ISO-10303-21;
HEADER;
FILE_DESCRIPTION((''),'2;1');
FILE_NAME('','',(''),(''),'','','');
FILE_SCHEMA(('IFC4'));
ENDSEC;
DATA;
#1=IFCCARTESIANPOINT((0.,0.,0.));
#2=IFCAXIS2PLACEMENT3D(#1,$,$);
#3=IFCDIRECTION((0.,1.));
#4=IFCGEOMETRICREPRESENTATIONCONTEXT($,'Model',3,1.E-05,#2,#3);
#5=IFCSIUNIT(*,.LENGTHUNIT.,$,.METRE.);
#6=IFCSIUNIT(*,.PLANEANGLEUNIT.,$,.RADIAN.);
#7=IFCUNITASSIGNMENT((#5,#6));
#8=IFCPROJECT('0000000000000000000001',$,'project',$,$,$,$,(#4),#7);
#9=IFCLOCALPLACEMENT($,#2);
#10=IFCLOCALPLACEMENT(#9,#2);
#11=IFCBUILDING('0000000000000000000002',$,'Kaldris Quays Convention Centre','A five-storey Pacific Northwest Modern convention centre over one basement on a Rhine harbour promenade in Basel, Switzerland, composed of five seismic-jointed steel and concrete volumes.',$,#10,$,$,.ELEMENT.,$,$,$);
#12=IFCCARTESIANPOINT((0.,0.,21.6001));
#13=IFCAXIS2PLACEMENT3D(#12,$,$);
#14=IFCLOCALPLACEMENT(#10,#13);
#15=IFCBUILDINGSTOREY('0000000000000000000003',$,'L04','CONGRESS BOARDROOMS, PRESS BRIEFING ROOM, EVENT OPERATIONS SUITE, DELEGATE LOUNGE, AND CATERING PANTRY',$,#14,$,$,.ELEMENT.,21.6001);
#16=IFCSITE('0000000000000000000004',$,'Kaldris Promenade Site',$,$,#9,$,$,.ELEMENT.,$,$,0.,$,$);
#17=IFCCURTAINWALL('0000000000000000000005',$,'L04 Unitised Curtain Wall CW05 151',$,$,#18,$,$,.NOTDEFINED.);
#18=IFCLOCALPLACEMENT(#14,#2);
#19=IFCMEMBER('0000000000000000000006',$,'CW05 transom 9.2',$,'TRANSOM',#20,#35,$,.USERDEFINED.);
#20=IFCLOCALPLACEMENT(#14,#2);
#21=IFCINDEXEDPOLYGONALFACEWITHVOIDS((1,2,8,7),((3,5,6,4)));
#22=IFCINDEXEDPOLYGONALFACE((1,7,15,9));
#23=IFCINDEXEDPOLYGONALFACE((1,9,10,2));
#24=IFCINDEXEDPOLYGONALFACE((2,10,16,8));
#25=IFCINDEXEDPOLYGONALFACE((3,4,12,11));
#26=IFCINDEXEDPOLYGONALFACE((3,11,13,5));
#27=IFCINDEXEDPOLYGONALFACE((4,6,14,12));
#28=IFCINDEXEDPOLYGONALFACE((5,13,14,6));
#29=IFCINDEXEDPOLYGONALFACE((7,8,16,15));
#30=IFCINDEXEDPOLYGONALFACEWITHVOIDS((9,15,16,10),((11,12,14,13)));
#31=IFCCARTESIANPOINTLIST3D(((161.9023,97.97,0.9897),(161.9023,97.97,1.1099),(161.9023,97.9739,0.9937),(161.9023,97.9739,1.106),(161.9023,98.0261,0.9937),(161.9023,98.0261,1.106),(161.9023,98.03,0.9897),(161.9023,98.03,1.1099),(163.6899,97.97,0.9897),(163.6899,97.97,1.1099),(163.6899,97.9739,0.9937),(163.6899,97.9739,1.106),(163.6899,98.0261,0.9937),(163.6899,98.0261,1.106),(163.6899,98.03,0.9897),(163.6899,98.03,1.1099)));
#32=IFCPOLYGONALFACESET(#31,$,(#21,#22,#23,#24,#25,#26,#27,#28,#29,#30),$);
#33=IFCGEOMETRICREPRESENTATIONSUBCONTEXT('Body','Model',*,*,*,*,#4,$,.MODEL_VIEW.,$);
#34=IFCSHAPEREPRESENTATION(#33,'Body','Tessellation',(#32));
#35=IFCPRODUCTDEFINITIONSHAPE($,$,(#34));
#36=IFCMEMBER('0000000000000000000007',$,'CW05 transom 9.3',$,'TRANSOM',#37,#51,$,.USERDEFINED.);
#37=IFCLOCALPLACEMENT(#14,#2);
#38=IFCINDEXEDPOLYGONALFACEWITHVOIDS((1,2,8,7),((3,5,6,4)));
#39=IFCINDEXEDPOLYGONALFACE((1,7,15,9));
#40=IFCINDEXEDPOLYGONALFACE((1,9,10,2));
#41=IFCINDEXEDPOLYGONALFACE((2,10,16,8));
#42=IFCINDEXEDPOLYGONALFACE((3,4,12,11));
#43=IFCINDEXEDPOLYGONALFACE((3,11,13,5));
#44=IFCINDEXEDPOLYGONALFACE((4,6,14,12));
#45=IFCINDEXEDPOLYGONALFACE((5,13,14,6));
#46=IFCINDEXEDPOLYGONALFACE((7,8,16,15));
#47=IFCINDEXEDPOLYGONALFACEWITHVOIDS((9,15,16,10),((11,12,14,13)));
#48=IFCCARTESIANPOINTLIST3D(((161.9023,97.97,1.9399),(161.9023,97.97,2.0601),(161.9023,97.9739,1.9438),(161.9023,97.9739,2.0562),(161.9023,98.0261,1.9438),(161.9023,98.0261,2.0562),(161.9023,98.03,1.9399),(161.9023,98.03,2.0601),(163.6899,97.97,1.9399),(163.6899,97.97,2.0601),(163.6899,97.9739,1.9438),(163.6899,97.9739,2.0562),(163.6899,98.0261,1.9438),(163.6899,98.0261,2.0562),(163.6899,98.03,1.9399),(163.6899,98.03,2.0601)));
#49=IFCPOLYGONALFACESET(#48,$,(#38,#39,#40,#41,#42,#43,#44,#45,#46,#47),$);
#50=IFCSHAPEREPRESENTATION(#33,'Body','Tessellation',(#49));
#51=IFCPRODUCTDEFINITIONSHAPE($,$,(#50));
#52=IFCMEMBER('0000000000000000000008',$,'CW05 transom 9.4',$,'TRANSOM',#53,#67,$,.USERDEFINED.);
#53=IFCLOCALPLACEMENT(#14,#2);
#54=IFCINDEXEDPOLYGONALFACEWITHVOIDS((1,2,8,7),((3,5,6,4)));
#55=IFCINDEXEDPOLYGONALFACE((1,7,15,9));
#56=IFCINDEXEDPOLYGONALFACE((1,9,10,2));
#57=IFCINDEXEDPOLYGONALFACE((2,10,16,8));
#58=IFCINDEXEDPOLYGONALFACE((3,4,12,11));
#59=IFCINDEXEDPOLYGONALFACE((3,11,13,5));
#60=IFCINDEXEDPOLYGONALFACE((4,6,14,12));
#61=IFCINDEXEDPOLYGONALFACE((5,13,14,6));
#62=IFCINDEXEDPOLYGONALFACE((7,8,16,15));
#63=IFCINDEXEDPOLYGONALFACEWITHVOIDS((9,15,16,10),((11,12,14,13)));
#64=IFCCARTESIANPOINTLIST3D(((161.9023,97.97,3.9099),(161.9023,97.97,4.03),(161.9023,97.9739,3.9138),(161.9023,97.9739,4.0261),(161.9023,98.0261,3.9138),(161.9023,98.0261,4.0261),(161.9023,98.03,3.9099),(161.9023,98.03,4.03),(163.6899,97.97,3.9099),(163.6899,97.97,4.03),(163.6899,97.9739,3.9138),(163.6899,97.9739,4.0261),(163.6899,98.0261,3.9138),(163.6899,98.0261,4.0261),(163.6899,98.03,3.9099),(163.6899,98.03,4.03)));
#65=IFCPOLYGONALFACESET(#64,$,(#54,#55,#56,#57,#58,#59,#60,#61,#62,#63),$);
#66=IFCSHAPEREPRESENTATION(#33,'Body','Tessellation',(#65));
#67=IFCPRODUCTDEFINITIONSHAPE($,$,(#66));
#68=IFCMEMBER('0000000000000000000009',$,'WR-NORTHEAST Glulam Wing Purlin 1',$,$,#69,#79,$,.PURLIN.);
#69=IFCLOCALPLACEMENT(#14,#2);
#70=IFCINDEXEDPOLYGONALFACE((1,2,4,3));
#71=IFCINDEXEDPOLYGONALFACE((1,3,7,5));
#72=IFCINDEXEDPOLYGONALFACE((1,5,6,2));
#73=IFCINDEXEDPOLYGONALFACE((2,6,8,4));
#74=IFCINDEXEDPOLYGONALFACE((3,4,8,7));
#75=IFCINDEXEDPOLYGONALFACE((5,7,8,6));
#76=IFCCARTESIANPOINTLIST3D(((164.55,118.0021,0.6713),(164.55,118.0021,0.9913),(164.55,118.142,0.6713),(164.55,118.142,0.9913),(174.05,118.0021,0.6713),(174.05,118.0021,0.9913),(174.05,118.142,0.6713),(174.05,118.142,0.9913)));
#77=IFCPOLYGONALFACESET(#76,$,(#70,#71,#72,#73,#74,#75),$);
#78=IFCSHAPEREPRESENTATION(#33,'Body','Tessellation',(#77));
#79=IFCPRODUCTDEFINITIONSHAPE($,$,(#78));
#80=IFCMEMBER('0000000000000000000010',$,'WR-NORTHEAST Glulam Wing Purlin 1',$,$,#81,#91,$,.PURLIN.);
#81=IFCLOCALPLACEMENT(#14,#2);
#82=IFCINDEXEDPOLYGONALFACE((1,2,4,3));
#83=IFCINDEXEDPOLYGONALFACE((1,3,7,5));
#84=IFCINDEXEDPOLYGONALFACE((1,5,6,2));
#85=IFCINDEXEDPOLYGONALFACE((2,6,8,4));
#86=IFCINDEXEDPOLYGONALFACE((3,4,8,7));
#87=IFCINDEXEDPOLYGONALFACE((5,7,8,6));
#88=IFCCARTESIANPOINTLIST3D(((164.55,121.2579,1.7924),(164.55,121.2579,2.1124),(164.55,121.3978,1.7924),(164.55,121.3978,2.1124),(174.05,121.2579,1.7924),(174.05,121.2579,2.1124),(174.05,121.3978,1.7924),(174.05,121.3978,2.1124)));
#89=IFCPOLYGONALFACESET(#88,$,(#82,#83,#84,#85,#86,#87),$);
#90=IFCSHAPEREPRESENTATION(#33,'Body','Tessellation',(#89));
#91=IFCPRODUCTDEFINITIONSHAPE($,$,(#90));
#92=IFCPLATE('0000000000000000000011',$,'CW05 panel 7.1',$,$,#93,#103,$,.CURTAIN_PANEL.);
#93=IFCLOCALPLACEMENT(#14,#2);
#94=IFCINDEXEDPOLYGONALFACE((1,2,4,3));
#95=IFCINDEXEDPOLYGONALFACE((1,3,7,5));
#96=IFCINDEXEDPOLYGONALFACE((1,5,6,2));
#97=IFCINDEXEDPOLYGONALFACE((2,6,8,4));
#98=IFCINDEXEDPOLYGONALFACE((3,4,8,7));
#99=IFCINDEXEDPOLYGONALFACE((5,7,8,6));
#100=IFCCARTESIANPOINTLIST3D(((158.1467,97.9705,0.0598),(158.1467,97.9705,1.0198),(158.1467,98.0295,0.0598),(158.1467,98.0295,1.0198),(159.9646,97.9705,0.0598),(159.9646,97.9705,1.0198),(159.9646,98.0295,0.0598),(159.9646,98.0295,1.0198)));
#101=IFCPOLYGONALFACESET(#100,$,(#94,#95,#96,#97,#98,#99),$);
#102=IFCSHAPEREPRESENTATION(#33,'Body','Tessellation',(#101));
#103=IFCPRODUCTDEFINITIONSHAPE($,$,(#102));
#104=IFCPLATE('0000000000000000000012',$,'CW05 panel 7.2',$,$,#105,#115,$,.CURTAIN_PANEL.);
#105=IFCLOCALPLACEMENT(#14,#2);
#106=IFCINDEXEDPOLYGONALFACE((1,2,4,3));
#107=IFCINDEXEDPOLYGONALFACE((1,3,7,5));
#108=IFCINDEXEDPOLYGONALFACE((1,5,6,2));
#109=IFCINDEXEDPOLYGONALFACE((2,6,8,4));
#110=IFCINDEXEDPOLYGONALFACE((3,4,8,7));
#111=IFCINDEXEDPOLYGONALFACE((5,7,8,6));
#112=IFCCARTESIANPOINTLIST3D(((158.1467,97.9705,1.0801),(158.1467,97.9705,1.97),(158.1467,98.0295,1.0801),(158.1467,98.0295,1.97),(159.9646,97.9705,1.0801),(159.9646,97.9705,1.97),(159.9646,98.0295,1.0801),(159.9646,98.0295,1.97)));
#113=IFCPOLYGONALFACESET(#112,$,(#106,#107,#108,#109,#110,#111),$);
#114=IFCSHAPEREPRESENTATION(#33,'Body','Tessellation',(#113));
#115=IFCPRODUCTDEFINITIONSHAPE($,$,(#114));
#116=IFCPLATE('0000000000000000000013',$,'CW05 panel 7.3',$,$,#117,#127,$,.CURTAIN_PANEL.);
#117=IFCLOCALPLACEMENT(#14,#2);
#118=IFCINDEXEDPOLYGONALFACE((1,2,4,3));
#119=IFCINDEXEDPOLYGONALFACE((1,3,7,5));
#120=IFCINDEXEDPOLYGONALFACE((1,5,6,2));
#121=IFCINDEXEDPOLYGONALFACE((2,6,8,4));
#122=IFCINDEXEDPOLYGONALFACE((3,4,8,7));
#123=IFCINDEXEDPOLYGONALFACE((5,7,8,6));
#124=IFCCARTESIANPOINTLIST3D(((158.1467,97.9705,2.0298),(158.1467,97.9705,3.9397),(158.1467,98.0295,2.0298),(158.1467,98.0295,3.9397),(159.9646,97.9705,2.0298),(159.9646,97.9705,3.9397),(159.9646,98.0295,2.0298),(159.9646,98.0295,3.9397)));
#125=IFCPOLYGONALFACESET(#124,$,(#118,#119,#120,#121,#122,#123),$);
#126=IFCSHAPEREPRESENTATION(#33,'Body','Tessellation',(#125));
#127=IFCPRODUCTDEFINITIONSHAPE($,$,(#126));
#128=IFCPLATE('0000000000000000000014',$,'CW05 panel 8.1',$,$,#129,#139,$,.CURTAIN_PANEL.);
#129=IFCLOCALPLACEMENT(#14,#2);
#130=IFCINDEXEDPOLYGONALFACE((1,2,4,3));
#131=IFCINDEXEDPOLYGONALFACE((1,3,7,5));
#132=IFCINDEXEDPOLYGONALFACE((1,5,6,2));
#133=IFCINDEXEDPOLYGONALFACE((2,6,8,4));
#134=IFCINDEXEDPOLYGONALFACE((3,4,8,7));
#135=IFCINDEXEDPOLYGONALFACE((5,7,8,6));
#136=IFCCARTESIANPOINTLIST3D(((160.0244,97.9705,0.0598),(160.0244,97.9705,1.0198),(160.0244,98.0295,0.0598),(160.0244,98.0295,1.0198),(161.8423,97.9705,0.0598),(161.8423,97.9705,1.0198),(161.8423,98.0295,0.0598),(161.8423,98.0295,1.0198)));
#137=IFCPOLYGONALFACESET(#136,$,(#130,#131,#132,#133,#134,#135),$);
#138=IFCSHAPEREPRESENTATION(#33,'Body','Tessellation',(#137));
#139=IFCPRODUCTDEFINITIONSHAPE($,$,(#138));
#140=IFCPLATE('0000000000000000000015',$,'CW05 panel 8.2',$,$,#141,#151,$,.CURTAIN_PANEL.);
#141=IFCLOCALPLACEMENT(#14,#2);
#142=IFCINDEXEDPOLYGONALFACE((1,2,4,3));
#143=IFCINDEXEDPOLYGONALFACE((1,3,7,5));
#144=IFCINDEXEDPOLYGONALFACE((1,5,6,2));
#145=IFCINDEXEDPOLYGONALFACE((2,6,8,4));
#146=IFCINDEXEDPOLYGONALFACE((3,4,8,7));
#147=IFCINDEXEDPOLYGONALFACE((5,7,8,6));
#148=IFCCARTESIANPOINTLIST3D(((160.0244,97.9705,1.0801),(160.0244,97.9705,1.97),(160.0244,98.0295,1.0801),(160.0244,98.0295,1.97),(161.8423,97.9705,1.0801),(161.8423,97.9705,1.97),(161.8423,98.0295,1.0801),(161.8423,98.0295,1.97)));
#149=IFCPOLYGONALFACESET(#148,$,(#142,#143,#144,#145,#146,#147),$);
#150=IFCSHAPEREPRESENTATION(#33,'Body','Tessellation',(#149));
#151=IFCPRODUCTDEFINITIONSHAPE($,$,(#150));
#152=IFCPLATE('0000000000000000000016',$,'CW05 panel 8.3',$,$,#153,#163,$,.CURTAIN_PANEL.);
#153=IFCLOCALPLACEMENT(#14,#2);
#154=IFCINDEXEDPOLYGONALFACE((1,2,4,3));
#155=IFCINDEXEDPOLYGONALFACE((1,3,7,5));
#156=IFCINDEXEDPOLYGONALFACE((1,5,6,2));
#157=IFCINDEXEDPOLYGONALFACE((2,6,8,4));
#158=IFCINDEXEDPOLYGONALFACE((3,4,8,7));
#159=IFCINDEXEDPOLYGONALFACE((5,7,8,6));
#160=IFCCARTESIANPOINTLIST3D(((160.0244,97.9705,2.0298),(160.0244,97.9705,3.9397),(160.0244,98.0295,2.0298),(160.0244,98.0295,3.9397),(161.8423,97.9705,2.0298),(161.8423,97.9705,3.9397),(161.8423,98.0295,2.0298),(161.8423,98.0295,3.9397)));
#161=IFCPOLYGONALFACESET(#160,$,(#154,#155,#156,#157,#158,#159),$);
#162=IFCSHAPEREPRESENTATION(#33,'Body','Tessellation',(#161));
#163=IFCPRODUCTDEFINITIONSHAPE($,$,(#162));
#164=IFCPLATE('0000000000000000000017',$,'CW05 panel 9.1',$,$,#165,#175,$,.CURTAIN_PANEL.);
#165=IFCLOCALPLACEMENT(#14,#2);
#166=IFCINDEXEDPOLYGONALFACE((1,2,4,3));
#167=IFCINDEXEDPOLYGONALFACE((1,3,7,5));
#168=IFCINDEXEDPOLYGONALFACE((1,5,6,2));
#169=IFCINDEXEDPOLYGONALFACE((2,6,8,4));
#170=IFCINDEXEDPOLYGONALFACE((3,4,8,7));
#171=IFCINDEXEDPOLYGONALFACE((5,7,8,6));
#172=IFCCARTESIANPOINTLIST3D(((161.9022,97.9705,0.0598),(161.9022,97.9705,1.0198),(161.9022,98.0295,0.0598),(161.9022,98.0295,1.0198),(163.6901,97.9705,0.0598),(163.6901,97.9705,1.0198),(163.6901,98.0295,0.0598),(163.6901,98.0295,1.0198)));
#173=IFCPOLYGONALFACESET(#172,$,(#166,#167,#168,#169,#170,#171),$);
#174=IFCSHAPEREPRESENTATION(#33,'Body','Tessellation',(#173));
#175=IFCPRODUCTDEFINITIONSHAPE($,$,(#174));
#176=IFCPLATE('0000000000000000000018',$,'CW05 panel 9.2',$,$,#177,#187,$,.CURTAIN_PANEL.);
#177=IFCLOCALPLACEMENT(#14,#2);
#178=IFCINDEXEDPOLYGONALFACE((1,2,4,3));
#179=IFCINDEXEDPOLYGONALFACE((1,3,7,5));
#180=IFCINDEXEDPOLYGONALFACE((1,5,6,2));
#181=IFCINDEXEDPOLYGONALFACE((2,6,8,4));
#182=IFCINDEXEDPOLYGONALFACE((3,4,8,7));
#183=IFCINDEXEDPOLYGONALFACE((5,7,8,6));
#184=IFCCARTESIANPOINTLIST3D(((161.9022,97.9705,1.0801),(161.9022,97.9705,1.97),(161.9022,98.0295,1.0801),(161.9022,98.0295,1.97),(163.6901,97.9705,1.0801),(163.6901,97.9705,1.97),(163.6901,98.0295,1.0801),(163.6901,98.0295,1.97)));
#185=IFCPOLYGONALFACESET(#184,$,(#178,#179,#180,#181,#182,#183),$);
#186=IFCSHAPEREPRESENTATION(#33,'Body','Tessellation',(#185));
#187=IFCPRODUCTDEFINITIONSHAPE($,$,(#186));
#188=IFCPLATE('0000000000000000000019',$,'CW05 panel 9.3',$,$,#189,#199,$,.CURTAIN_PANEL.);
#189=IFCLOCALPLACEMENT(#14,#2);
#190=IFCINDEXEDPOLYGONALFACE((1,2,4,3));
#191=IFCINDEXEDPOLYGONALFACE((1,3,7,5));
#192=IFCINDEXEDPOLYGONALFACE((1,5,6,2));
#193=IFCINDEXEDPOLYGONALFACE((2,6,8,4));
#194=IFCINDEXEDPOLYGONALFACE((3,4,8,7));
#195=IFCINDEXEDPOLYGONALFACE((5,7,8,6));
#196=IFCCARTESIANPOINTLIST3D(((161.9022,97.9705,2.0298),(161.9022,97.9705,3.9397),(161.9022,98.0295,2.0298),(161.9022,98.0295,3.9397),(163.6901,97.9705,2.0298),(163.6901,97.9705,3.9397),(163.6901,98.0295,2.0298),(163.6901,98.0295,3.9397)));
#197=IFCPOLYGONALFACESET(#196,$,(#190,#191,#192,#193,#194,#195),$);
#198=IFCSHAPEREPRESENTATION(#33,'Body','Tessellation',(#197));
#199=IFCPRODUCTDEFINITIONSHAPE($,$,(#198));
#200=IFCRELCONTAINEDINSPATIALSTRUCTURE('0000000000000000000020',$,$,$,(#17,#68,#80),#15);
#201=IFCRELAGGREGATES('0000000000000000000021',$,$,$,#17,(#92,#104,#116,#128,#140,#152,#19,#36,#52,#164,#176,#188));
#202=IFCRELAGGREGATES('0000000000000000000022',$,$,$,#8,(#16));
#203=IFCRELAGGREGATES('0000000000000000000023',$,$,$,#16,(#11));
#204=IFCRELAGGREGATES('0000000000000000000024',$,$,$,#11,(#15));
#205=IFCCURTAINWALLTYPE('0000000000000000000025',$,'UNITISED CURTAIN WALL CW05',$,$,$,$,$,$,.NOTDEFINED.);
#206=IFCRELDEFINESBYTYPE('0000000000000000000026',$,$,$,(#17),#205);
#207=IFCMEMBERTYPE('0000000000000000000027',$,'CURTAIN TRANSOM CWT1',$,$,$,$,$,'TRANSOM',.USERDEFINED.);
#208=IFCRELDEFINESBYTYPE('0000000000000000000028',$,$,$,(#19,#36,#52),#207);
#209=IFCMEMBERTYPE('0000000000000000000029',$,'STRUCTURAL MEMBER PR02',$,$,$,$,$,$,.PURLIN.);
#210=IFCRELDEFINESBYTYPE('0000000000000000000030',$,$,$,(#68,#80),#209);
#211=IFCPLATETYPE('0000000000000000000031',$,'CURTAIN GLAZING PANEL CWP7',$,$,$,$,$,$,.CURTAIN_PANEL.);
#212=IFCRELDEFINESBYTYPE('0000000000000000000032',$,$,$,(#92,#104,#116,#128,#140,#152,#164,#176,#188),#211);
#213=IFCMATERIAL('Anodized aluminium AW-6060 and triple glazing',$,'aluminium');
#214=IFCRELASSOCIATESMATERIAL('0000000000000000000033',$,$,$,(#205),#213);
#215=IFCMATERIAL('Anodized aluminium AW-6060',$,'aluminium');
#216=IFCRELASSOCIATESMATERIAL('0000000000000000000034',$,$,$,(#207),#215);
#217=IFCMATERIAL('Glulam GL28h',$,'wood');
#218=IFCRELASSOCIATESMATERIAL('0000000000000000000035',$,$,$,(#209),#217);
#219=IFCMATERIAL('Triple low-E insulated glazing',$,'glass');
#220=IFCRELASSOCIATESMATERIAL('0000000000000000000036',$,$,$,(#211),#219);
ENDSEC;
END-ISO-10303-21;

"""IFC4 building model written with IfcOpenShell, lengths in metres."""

from ifc_helpers import new_model, si_unit, direction, frame, origin, origin_2d, place, context, subcontext, project, spatial, rectangle, hollow_rectangle, extrude, material, material_profile, profile_set, type_object, element, aggregate, save


model = new_model("IFC4")

# Units and contexts
model_context = context("Model", 3, precision=1e-05, world=origin(), true_north=direction((0.0, 1.0)))
body_context = subcontext(model_context, "Body", "Model", "MODEL_VIEW")
ifc_project = project(units=[si_unit("LENGTHUNIT", "METRE"), si_unit("PLANEANGLEUNIT", "RADIAN")], contexts=[model_context])

# Site, building, storey
site_placement = place(None, origin())
site = spatial("IfcSite", under=ifc_project, at=site_placement, Name="Kaldris Promenade Site", CompositionType="ELEMENT", RefElevation=0.0)
building_placement = place(site_placement, origin())
building = spatial("IfcBuilding", under=site, at=building_placement, Name="Kaldris Quays Convention Centre", Description="A five-storey Pacific Northwest Modern convention centre over one basement on a Rhine harbour promenade in Basel, Switzerland, composed of five seismic-jointed steel and concrete volumes.", CompositionType="ELEMENT")
storey_placement = place(building_placement, frame((0.0, 0.0, 21.6001)))
storey = spatial("IfcBuildingStorey", under=building, at=storey_placement, Name="L04", Description="CONGRESS BOARDROOMS, PRESS BRIEFING ROOM, EVENT OPERATIONS SUITE, DELEGATE LOUNGE, AND CATERING PANTRY", CompositionType="ELEMENT", Elevation=21.6001)

# Curtain wall, members
ifc_material_1 = material(Name="Anodized aluminium AW-6060 and triple glazing", Category="aluminium")
curtain_wall_type = type_object("IfcCurtainWallType", Name="UNITISED CURTAIN WALL CW05", PredefinedType="NOTDEFINED", material=ifc_material_1)
curtain_wall_placement = place(storey_placement, origin())
curtain_wall = element("IfcCurtainWall", 1, at=curtain_wall_placement, inside=storey, type_object=curtain_wall_type, Name="L04 Unitised Curtain Wall CW05 151", PredefinedType="NOTDEFINED")
ifc_material_2 = material(Name="Anodized aluminium AW-6060", Category="aluminium")
ifc_material_profile_1 = material_profile(ifc_material_2, hollow_rectangle(XDim=0.0601, YDim=0.1201, WallThickness=0.0039, at=origin_2d()), Name="RHS 120x60x4")
ifc_profile_set_1 = profile_set([ifc_material_profile_1], Name="Anodized aluminium AW-6060")
member_type_1 = type_object("IfcMemberType", Name="CURTAIN TRANSOM CWT1", ElementType="TRANSOM", PredefinedType="USERDEFINED", material=ifc_profile_set_1)
member_1_placement = place(storey_placement, frame((161.9023, 98.0, 1.0498), z_axis=(1.0, 0.0, 0.0), x_axis=(0.0, 1.0, 0.0)))
member_1 = element("IfcMember", 2, at=member_1_placement, type_object=member_type_1, Name="CW05 transom 9.2", ObjectType="TRANSOM", PredefinedType="USERDEFINED", context=body_context, shape_type="SweptSolid", body=[
    extrude(hollow_rectangle(XDim=0.0601, YDim=0.1201, WallThickness=0.0039, at=origin_2d()), origin(), (0.0, 0.0, 1.0), 1.7876),
])
member_2_placement = place(storey_placement, frame((161.9023, 98.0, 2.0), z_axis=(1.0, 0.0, 0.0), x_axis=(0.0, 1.0, 0.0)))
member_2 = element("IfcMember", 3, at=member_2_placement, type_object=member_type_1, Name="CW05 transom 9.3", ObjectType="TRANSOM", PredefinedType="USERDEFINED", context=body_context, shape_type="SweptSolid", body=[
    extrude(hollow_rectangle(XDim=0.0601, YDim=0.1201, WallThickness=0.0039, at=origin_2d()), origin(), (0.0, 0.0, 1.0), 1.7876),
])
member_3_placement = place(storey_placement, frame((161.9023, 98.0, 3.97), z_axis=(1.0, 0.0, 0.0), x_axis=(0.0, 1.0, 0.0)))
member_3 = element("IfcMember", 4, at=member_3_placement, type_object=member_type_1, Name="CW05 transom 9.4", ObjectType="TRANSOM", PredefinedType="USERDEFINED", context=body_context, shape_type="SweptSolid", body=[
    extrude(hollow_rectangle(XDim=0.0601, YDim=0.1201, WallThickness=0.0039, at=origin_2d()), origin(), (0.0, 0.0, 1.0), 1.7876),
])

# Members
ifc_material_3 = material(Name="Glulam GL28h", Category="wood")
ifc_material_profile_2 = material_profile(ifc_material_3, rectangle(XDim=0.1399, YDim=0.3201, at=origin_2d()), Name="GL 140x320")
ifc_profile_set_2 = profile_set([ifc_material_profile_2], Name="Glulam GL28h")
member_type_2 = type_object("IfcMemberType", Name="STRUCTURAL MEMBER PR02", PredefinedType="PURLIN", material=ifc_profile_set_2)
for number, where, z_axis, x_axis, name in (
    (5, (164.55, 118.072, 0.8313), (1.0, 0.0, 0.0), (0.0, 1.0, 0.0), "WR-NORTHEAST Glulam Wing Purlin 1"),
    (6, (164.55, 121.3279, 1.9524), (1.0, 0.0, 0.0), (0.0, 1.0, 0.0), "WR-NORTHEAST Glulam Wing Purlin 1"),
):
    element("IfcMember", number, at=place(storey_placement, frame(where, z_axis=z_axis, x_axis=x_axis)), inside=storey, type_object=member_type_2, Name=name, PredefinedType="PURLIN", context=body_context, shape_type="SweptSolid", body=[
        extrude(rectangle(XDim=0.1399, YDim=0.3201, at=origin_2d()), origin(), (0.0, 0.0, 1.0), 9.5),
    ])

# Plates
ifc_material_4 = material(Name="Triple low-E insulated glazing", Category="glass")
plate_type = type_object("IfcPlateType", Name="CURTAIN GLAZING PANEL CWP7", PredefinedType="CURTAIN_PANEL", material=ifc_material_4)
plate_1_placement = place(storey_placement, frame((159.0557, 98.0, 0.0598), z_axis=(0.0, 0.0, 1.0), x_axis=(1.0, 0.0, 0.0)))
plate_1 = element("IfcPlate", 7, at=plate_1_placement, type_object=plate_type, Name="CW05 panel 7.1", PredefinedType="CURTAIN_PANEL", context=body_context, shape_type="SweptSolid", body=[
    extrude(rectangle(XDim=1.8179, YDim=0.0591, at=origin_2d()), origin(), (0.0, 0.0, 1.0), 0.96),
])
plate_2_placement = place(storey_placement, frame((159.0557, 98.0, 1.0801), z_axis=(0.0, 0.0, 1.0), x_axis=(1.0, 0.0, 0.0)))
plate_2 = element("IfcPlate", 8, at=plate_2_placement, type_object=plate_type, Name="CW05 panel 7.2", PredefinedType="CURTAIN_PANEL", context=body_context, shape_type="SweptSolid", body=[
    extrude(rectangle(XDim=1.8179, YDim=0.0591, at=origin_2d()), origin(), (0.0, 0.0, 1.0), 0.8899),
])
plate_3_placement = place(storey_placement, frame((159.0557, 98.0, 2.0298), z_axis=(0.0, 0.0, 1.0), x_axis=(1.0, 0.0, 0.0)))
plate_3 = element("IfcPlate", 9, at=plate_3_placement, type_object=plate_type, Name="CW05 panel 7.3", PredefinedType="CURTAIN_PANEL", context=body_context, shape_type="SweptSolid", body=[
    extrude(rectangle(XDim=1.8179, YDim=0.0591, at=origin_2d()), origin(), (0.0, 0.0, 1.0), 1.9099),
])
plate_4_placement = place(storey_placement, frame((160.9333, 98.0, 0.0598), z_axis=(0.0, 0.0, 1.0), x_axis=(1.0, 0.0, 0.0)))
plate_4 = element("IfcPlate", 10, at=plate_4_placement, type_object=plate_type, Name="CW05 panel 8.1", PredefinedType="CURTAIN_PANEL", context=body_context, shape_type="SweptSolid", body=[
    extrude(rectangle(XDim=1.8179, YDim=0.0591, at=origin_2d()), origin(), (0.0, 0.0, 1.0), 0.96),
])
plate_5_placement = place(storey_placement, frame((160.9333, 98.0, 1.0801), z_axis=(0.0, 0.0, 1.0), x_axis=(1.0, 0.0, 0.0)))
plate_5 = element("IfcPlate", 11, at=plate_5_placement, type_object=plate_type, Name="CW05 panel 8.2", PredefinedType="CURTAIN_PANEL", context=body_context, shape_type="SweptSolid", body=[
    extrude(rectangle(XDim=1.8179, YDim=0.0591, at=origin_2d()), origin(), (0.0, 0.0, 1.0), 0.8899),
])
plate_6_placement = place(storey_placement, frame((160.9333, 98.0, 2.0298), z_axis=(0.0, 0.0, 1.0), x_axis=(1.0, 0.0, 0.0)))
plate_6 = element("IfcPlate", 12, at=plate_6_placement, type_object=plate_type, Name="CW05 panel 8.3", PredefinedType="CURTAIN_PANEL", context=body_context, shape_type="SweptSolid", body=[
    extrude(rectangle(XDim=1.8179, YDim=0.0591, at=origin_2d()), origin(), (0.0, 0.0, 1.0), 1.9099),
])
plate_7_placement = place(storey_placement, frame((162.7961, 98.0, 0.0598), z_axis=(0.0, 0.0, 1.0), x_axis=(1.0, 0.0, 0.0)))
plate_7 = element("IfcPlate", 13, at=plate_7_placement, type_object=plate_type, Name="CW05 panel 9.1", PredefinedType="CURTAIN_PANEL", context=body_context, shape_type="SweptSolid", body=[
    extrude(rectangle(XDim=1.7878, YDim=0.0591, at=origin_2d()), origin(), (0.0, 0.0, 1.0), 0.96),
])
plate_8_placement = place(storey_placement, frame((162.7961, 98.0, 1.0801), z_axis=(0.0, 0.0, 1.0), x_axis=(1.0, 0.0, 0.0)))
plate_8 = element("IfcPlate", 14, at=plate_8_placement, type_object=plate_type, Name="CW05 panel 9.2", PredefinedType="CURTAIN_PANEL", context=body_context, shape_type="SweptSolid", body=[
    extrude(rectangle(XDim=1.7878, YDim=0.0591, at=origin_2d()), origin(), (0.0, 0.0, 1.0), 0.8899),
])
plate_9_placement = place(storey_placement, frame((162.7961, 98.0, 2.0298), z_axis=(0.0, 0.0, 1.0), x_axis=(1.0, 0.0, 0.0)))
plate_9 = element("IfcPlate", 15, at=plate_9_placement, type_object=plate_type, Name="CW05 panel 9.3", PredefinedType="CURTAIN_PANEL", context=body_context, shape_type="SweptSolid", body=[
    extrude(rectangle(XDim=1.7878, YDim=0.0591, at=origin_2d()), origin(), (0.0, 0.0, 1.0), 1.9099),
])
aggregate(curtain_wall, [plate_1, plate_2, plate_3, plate_4, plate_5, plate_6, member_1, member_2, member_3, plate_7, plate_8, plate_9])

save(model, "model.ifc")
